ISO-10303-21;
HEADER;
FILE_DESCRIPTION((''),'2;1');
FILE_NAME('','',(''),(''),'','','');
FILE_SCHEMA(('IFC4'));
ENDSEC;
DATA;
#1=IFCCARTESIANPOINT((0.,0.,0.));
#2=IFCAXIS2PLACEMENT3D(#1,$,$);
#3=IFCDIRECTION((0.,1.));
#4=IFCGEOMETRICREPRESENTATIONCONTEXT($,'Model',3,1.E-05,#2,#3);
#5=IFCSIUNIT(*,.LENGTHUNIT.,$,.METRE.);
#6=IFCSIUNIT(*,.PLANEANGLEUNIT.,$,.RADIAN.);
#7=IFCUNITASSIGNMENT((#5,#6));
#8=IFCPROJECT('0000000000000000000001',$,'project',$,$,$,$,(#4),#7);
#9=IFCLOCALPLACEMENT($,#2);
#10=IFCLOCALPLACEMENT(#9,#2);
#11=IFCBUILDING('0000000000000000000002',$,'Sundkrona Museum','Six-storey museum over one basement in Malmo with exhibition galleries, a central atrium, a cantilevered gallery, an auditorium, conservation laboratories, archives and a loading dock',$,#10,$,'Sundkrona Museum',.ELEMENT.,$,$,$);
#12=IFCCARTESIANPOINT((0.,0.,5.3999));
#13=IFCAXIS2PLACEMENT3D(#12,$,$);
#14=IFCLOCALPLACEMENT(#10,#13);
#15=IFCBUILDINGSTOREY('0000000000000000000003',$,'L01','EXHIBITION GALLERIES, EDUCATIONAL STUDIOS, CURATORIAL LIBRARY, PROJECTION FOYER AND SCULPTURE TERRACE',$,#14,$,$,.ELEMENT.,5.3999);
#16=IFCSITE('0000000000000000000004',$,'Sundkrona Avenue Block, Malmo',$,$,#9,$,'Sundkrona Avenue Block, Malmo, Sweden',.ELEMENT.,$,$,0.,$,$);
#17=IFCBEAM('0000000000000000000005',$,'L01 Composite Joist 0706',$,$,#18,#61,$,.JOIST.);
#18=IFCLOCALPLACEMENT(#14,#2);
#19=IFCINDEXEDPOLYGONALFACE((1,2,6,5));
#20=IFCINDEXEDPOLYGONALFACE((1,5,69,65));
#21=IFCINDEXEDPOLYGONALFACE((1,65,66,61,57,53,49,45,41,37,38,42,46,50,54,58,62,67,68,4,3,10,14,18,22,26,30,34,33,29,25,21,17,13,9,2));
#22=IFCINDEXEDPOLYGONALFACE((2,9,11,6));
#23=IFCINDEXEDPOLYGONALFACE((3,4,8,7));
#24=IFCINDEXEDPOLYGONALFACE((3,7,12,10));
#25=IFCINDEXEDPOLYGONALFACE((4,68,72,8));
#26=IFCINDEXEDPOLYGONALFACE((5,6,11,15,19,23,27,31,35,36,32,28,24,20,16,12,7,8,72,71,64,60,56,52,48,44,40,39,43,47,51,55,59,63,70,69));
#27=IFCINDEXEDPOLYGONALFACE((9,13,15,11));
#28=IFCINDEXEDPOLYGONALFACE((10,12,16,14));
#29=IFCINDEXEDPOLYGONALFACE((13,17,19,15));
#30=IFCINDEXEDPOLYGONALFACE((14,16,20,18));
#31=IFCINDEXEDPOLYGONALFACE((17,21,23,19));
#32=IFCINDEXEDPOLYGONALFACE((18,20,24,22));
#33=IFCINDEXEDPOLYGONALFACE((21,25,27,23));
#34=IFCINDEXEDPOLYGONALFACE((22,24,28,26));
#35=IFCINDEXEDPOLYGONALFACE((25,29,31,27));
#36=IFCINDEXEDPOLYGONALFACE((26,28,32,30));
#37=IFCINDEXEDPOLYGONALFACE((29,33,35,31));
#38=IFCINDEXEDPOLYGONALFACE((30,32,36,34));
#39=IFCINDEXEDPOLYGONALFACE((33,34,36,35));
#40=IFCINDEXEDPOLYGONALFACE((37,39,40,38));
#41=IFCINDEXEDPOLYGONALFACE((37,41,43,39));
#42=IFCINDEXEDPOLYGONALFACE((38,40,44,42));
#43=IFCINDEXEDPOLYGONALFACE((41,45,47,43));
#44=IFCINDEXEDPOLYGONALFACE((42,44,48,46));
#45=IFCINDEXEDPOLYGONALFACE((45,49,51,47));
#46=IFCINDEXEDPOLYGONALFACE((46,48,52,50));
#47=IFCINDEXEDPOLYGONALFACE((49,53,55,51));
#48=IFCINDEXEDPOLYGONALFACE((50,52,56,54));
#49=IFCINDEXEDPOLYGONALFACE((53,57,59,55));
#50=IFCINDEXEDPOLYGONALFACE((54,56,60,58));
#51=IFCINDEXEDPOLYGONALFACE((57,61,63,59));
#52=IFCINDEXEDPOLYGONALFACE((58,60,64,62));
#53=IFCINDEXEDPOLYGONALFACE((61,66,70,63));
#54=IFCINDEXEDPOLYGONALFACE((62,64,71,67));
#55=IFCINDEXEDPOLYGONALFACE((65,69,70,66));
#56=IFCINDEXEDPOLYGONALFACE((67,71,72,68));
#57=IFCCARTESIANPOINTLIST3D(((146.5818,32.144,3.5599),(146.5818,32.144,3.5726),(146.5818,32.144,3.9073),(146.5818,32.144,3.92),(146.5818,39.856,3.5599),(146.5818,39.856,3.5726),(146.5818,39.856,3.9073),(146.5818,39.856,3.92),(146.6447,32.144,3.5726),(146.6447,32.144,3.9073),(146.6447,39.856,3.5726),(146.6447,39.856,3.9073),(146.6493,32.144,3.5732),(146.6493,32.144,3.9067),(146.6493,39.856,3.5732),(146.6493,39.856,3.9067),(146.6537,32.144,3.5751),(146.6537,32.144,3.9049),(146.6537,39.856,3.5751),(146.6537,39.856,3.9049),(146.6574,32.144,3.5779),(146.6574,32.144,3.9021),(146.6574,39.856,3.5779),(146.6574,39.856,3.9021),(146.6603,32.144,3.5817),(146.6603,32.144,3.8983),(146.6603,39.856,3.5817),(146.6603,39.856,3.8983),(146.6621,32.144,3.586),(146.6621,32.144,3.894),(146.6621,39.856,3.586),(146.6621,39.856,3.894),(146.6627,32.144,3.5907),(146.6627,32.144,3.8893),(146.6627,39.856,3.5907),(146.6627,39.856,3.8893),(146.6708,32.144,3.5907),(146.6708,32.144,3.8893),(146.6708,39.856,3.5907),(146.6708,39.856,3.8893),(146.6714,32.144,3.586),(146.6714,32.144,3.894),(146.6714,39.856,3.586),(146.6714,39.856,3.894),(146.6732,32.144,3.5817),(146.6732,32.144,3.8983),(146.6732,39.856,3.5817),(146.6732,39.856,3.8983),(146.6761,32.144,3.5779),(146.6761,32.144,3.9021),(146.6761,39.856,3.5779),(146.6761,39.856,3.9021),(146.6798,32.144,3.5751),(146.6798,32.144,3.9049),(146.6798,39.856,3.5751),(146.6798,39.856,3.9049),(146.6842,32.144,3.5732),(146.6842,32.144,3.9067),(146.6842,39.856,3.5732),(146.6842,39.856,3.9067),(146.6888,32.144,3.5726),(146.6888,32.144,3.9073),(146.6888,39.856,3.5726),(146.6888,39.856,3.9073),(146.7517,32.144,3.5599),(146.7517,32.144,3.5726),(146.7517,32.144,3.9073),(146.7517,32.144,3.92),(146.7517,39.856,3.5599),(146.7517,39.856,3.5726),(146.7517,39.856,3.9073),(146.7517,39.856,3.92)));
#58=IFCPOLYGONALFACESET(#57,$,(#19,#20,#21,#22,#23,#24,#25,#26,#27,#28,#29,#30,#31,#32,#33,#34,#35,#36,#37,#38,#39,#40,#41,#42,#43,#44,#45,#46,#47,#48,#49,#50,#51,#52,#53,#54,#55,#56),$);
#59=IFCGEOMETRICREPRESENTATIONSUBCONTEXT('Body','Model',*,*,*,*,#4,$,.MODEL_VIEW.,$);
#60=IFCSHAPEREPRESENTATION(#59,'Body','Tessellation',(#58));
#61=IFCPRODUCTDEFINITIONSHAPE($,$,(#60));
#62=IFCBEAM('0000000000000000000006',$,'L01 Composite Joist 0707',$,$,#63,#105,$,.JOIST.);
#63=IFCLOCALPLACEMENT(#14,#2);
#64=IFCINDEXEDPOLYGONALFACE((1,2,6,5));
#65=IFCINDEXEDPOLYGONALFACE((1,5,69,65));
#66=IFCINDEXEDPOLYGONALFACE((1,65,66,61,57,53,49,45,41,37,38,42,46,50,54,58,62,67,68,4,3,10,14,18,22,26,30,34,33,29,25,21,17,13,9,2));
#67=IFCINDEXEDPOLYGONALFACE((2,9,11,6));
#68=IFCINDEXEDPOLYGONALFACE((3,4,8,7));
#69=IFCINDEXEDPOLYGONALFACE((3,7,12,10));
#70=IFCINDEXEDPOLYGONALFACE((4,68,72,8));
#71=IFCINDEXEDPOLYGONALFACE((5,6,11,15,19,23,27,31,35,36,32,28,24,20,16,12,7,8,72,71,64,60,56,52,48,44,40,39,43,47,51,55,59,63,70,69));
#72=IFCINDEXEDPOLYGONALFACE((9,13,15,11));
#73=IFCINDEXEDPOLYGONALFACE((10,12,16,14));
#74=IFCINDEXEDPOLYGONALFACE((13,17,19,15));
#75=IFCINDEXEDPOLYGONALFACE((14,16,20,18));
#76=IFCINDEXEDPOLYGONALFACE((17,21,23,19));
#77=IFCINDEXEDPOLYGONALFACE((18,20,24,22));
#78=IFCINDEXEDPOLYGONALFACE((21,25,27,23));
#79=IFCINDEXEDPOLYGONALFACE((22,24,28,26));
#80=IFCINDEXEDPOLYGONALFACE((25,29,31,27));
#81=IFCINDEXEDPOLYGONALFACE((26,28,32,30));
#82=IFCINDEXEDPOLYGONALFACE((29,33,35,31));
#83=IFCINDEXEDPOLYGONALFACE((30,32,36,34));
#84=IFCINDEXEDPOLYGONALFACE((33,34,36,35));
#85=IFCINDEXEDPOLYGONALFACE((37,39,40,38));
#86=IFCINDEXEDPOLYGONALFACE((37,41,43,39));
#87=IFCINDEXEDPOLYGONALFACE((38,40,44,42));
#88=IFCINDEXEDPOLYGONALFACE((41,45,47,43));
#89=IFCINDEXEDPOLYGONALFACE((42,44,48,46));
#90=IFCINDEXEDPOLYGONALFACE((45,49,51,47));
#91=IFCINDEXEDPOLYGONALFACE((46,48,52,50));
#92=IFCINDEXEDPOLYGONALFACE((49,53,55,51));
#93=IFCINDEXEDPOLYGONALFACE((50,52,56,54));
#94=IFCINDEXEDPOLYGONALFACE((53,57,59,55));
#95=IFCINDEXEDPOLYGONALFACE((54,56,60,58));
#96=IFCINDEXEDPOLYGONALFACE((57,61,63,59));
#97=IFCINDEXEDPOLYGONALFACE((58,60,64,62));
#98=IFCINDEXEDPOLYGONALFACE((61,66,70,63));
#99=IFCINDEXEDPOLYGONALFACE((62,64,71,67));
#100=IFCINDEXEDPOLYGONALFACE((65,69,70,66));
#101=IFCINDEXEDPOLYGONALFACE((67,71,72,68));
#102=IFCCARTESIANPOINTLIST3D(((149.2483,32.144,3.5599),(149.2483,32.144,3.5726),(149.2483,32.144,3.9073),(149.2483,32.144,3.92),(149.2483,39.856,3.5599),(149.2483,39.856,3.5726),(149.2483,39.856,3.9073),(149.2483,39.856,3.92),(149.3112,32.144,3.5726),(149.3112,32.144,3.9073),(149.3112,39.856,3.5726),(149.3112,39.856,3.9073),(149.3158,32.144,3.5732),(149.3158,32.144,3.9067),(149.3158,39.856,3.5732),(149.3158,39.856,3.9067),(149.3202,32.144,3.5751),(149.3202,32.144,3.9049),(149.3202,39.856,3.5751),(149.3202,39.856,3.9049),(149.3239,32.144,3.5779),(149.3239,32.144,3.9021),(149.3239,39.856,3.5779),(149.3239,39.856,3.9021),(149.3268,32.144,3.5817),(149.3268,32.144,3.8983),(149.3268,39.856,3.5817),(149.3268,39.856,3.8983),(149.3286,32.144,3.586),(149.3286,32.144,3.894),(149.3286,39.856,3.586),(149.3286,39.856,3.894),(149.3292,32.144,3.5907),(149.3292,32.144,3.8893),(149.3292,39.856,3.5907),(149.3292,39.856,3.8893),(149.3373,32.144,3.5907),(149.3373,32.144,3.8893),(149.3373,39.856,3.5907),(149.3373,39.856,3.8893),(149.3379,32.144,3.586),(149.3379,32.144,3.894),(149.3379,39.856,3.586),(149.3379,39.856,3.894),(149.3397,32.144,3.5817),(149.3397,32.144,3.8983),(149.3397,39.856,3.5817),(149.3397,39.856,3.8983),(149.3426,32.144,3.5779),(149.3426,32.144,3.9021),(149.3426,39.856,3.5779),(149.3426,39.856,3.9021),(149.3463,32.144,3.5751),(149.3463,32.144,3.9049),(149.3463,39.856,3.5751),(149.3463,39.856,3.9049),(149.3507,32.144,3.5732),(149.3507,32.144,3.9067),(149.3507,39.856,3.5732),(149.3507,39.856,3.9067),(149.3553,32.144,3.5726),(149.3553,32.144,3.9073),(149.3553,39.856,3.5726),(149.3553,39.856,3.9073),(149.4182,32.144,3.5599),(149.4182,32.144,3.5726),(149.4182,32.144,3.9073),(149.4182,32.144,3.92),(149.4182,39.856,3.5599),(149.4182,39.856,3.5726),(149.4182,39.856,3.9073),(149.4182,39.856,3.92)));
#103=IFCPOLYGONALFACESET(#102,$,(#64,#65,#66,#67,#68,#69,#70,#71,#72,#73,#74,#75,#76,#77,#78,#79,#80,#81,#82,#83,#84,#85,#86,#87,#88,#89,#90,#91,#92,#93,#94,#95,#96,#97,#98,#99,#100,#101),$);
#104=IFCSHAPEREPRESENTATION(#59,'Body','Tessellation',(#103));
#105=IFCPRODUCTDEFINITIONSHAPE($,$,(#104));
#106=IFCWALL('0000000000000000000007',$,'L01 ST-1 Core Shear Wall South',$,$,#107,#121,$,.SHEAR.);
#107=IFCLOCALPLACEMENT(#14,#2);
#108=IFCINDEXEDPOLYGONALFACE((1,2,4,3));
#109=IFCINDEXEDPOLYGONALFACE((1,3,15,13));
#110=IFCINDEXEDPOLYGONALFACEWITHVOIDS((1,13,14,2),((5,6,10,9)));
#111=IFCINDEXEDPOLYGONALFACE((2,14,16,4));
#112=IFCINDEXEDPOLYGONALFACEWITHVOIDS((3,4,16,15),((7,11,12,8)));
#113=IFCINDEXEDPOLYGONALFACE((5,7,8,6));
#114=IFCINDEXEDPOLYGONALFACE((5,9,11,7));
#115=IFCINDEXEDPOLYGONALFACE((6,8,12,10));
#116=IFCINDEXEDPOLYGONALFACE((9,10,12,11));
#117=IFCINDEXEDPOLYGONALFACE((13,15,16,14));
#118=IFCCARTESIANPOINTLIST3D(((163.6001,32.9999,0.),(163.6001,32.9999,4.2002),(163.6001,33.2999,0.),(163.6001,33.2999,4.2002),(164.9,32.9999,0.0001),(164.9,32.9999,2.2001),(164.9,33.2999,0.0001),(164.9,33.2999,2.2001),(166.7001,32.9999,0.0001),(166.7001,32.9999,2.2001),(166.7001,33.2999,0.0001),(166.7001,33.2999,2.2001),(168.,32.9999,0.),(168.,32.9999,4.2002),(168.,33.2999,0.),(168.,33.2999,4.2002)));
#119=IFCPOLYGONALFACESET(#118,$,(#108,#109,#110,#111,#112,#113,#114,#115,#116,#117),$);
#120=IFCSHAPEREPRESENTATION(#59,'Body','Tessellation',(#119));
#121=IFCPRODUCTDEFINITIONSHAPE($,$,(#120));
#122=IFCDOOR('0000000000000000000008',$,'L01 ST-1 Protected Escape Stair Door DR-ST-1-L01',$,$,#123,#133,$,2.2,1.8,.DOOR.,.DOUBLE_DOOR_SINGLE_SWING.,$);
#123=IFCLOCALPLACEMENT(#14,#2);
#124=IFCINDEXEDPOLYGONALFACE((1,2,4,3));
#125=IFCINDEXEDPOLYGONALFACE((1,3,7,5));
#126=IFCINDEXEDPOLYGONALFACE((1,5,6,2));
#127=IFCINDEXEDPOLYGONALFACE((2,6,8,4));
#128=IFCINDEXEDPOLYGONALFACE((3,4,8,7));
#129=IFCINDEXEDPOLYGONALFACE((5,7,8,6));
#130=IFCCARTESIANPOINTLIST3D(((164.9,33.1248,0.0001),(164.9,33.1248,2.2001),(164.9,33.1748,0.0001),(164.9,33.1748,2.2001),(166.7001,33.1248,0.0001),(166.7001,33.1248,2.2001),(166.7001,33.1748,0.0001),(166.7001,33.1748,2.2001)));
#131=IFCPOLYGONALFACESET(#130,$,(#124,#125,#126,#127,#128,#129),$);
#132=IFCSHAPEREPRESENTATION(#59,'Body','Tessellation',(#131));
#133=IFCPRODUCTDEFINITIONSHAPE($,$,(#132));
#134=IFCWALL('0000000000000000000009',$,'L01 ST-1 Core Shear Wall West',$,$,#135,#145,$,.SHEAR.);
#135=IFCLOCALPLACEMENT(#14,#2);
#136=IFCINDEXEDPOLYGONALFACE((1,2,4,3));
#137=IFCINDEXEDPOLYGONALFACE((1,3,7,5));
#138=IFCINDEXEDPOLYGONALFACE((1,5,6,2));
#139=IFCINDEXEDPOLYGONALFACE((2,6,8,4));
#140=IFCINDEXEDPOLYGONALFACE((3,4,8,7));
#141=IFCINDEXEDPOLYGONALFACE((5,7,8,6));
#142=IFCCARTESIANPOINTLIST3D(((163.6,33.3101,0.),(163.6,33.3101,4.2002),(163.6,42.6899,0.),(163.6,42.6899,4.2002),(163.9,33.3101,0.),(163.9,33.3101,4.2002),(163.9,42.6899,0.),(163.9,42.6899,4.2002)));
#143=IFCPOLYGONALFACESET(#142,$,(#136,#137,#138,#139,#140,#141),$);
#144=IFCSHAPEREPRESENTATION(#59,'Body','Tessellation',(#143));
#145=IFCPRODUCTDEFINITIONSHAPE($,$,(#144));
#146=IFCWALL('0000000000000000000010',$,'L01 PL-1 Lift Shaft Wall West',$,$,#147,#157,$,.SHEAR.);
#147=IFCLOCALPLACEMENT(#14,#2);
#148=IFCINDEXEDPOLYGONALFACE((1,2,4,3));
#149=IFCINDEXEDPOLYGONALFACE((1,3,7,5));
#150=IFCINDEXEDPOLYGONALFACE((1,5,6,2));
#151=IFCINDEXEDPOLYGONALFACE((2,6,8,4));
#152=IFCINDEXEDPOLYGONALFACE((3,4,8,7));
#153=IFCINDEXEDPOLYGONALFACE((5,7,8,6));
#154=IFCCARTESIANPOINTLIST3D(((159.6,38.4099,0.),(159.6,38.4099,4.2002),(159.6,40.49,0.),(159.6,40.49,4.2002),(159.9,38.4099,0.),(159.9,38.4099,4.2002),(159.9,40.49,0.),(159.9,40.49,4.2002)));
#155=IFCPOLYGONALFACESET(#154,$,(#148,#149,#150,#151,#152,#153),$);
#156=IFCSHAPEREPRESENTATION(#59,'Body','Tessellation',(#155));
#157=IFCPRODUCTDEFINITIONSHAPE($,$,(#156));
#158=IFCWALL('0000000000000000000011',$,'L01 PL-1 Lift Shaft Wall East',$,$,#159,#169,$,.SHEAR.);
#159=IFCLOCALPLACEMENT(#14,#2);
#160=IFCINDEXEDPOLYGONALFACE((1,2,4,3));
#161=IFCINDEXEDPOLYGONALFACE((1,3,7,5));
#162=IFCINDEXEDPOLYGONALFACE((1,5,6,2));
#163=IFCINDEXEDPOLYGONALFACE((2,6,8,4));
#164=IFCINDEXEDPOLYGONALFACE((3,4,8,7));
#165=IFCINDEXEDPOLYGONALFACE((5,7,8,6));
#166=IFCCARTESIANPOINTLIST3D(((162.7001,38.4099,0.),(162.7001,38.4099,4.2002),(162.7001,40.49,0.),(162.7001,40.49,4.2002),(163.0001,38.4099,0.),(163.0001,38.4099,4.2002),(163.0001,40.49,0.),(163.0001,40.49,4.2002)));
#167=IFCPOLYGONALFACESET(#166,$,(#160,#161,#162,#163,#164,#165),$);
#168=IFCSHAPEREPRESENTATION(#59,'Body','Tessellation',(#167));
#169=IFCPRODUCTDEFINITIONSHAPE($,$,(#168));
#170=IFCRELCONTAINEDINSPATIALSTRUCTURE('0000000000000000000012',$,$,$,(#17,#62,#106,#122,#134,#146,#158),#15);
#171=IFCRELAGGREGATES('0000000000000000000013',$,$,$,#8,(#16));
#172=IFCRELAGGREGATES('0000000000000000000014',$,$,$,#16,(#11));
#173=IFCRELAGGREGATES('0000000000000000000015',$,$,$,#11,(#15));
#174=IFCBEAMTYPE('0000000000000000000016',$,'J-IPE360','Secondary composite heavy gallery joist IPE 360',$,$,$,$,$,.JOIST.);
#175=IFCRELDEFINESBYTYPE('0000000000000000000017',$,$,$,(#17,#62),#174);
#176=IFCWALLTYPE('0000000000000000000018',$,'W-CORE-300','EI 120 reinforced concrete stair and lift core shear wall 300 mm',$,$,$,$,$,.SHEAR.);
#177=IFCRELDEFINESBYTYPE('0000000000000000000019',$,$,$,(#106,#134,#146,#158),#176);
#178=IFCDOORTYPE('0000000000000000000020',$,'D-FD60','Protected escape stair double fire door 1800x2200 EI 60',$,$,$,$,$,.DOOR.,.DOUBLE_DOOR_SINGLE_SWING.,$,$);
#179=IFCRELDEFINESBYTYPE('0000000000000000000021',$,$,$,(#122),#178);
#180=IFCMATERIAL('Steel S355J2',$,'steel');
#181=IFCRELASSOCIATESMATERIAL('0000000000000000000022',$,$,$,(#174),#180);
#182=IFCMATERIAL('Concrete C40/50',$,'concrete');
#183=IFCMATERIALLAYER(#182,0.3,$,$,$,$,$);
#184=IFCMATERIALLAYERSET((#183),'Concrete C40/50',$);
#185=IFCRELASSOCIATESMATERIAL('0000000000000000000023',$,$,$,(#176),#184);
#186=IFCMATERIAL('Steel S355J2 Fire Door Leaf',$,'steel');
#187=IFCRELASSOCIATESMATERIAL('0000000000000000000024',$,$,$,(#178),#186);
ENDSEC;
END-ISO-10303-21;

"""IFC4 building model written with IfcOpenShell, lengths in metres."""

from ifc_helpers import new_model, si_unit, direction, frame, frame_2d, origin, origin_2d, place, context, subcontext, project, spatial, rectangle, i_section, extrude, material, layer, layer_set, material_profile, profile_set, type_object, element, fill, save


model = new_model("IFC4")

# Units and contexts
model_context = context("Model", 3, precision=1e-05, world=origin(), true_north=direction((0.0, 1.0)))
body_context = subcontext(model_context, "Body", "Model", "MODEL_VIEW")
ifc_project = project(units=[si_unit("LENGTHUNIT", "METRE"), si_unit("PLANEANGLEUNIT", "RADIAN")], contexts=[model_context])

# Site, building, storey
site_placement = place(None, origin())
site = spatial("IfcSite", under=ifc_project, at=site_placement, Name="Sundkrona Avenue Block, Malmo", LongName="Sundkrona Avenue Block, Malmo, Sweden", CompositionType="ELEMENT", RefElevation=0.0)
building_placement = place(site_placement, origin())
building = spatial("IfcBuilding", under=site, at=building_placement, Name="Sundkrona Museum", Description="Six-storey museum over one basement in Malmo with exhibition galleries, a central atrium, a cantilevered gallery, an auditorium, conservation laboratories, archives and a loading dock", LongName="Sundkrona Museum", CompositionType="ELEMENT")
storey_placement = place(building_placement, frame((0.0, 0.0, 5.3999)))
storey = spatial("IfcBuildingStorey", under=building, at=storey_placement, Name="L01", Description="EXHIBITION GALLERIES, EDUCATIONAL STUDIOS, CURATORIAL LIBRARY, PROJECTION FOYER AND SCULPTURE TERRACE", CompositionType="ELEMENT", Elevation=5.3999)

# Beams
ifc_material_1 = material(Name="Steel S355J2", Category="steel")
ifc_material_profile = material_profile(ifc_material_1, i_section(OverallWidth=0.1699, OverallDepth=0.3601, WebThickness=0.0081, FlangeThickness=0.0127, FilletRadius=0.0181, at=origin_2d()), Name="IPE 360")
ifc_profile_set = profile_set([ifc_material_profile], Name="Steel S355J2")
beam_type = type_object("IfcBeamType", Name="J-IPE360", Description="Secondary composite heavy gallery joist IPE 360", PredefinedType="JOIST", material=ifc_profile_set)
for number, where, z_axis, x_axis, name in (
    (1, (146.6667, 32.144, 3.74), (0.0, 1.0, 0.0), (-1.0, 0.0, 0.0), "L01 Composite Joist 0706"),
    (2, (149.3333, 32.144, 3.74), (0.0, 1.0, 0.0), (-1.0, 0.0, 0.0), "L01 Composite Joist 0707"),
):
    element("IfcBeam", number, at=place(storey_placement, frame(where, z_axis=z_axis, x_axis=x_axis)), inside=storey, type_object=beam_type, Name=name, PredefinedType="JOIST", context=body_context, shape_type="SweptSolid", body=[
        extrude(i_section(OverallWidth=0.1699, OverallDepth=0.3601, WebThickness=0.0081, FlangeThickness=0.0127, FilletRadius=0.0181, at=origin_2d()), origin(), (0.0, 0.0, 1.0), 7.7119),
    ])

# Wall, opening, door
ifc_material_2 = material(Name="Concrete C40/50", Category="concrete")
ifc_layer_1 = layer(ifc_material_2, 0.3)
ifc_layer_set_1 = layer_set([ifc_layer_1], Name="Concrete C40/50")
wall_type_1 = type_object("IfcWallType", Name="W-CORE-300", Description="EI 120 reinforced concrete stair and lift core shear wall 300 mm", PredefinedType="SHEAR", material=ifc_layer_set_1)
wall_1_placement = place(storey_placement, frame((163.6001, 33.1499, 0.0), z_axis=(0.0, 0.0, 1.0), x_axis=(1.0, 0.0, 0.0)))
wall_1 = element("IfcWall", 3, at=wall_1_placement, inside=storey, type_object=wall_type_1, Name="L01 ST-1 Core Shear Wall South", PredefinedType="SHEAR", context=body_context, shape_type="SweptSolid", body=[
    extrude(rectangle(XDim=4.3999, YDim=0.3, at=frame_2d((2.2, 0.0))), origin(), (0.0, 0.0, 1.0), 4.2002),
])
opening_1_placement = place(wall_1_placement, frame((1.3, 0.0, 0.0)))
opening_1 = element("IfcOpeningElement", 4, at=opening_1_placement, cuts=wall_1, PredefinedType="OPENING", context=body_context, shape_type="SweptSolid", body=[
    extrude(rectangle(XDim=1.8, YDim=2.2, at=frame_2d((0.8999, 1.1001))), frame((0.0, 0.1599, 0.0), z_axis=(0.0, -1.0, 0.0), x_axis=(1.0, 0.0, 0.0)), (0.0, 0.0, 1.0), 0.3201),
])
ifc_material_3 = material(Name="Steel S355J2 Fire Door Leaf", Category="steel")
door_type_1 = type_object("IfcDoorType", Name="D-FD60", Description="Protected escape stair double fire door 1800x2200 EI 60", OperationType="DOUBLE_DOOR_SINGLE_SWING", PredefinedType="DOOR", material=ifc_material_3)
door_1_placement = place(opening_1_placement, origin())
door_1 = element("IfcDoor", 5, at=door_1_placement, inside=storey, type_object=door_type_1, Name="L01 ST-1 Protected Escape Stair Door DR-ST-1-L01", OperationType="DOUBLE_DOOR_SINGLE_SWING", OverallHeight=2.2, OverallWidth=1.8, PredefinedType="DOOR", context=body_context, shape_type="SweptSolid", body=[
    extrude(rectangle(XDim=1.8, YDim=2.2, at=frame_2d((0.8999, 1.1001))), frame((0.0, 0.0249, 0.0), z_axis=(0.0, -1.0, 0.0), x_axis=(1.0, 0.0, 0.0)), (0.0, 0.0, 1.0), 0.05),
])
fill(opening_1, door_1)

# Wall
wall_2_placement = place(storey_placement, frame((163.75, 33.3101, 0.0), z_axis=(0.0, 0.0, 1.0), x_axis=(0.0, 1.0, 0.0)))
element("IfcWall", 6, at=wall_2_placement, inside=storey, type_object=wall_type_1, Name="L01 ST-1 Core Shear Wall West", PredefinedType="SHEAR", context=body_context, shape_type="SweptSolid", body=[
    extrude(rectangle(XDim=9.3799, YDim=0.3, at=frame_2d((4.6899, 0.0))), origin(), (0.0, 0.0, 1.0), 4.2002),
])

# Walls
for number, where, z_axis, x_axis, name in (
    (7, (159.75, 38.4099, 0.0), (0.0, 0.0, 1.0), (0.0, 1.0, 0.0), "L01 PL-1 Lift Shaft Wall West"),
    (8, (162.8501, 38.4099, 0.0), (0.0, 0.0, 1.0), (0.0, 1.0, 0.0), "L01 PL-1 Lift Shaft Wall East"),
):
    element("IfcWall", number, at=place(storey_placement, frame(where, z_axis=z_axis, x_axis=x_axis)), inside=storey, type_object=wall_type_1, Name=name, PredefinedType="SHEAR", context=body_context, shape_type="SweptSolid", body=[
        extrude(rectangle(XDim=2.0801, YDim=0.3, at=frame_2d((1.04, 0.0))), origin(), (0.0, 0.0, 1.0), 4.2002),
    ])

save(model, "model.ifc")
